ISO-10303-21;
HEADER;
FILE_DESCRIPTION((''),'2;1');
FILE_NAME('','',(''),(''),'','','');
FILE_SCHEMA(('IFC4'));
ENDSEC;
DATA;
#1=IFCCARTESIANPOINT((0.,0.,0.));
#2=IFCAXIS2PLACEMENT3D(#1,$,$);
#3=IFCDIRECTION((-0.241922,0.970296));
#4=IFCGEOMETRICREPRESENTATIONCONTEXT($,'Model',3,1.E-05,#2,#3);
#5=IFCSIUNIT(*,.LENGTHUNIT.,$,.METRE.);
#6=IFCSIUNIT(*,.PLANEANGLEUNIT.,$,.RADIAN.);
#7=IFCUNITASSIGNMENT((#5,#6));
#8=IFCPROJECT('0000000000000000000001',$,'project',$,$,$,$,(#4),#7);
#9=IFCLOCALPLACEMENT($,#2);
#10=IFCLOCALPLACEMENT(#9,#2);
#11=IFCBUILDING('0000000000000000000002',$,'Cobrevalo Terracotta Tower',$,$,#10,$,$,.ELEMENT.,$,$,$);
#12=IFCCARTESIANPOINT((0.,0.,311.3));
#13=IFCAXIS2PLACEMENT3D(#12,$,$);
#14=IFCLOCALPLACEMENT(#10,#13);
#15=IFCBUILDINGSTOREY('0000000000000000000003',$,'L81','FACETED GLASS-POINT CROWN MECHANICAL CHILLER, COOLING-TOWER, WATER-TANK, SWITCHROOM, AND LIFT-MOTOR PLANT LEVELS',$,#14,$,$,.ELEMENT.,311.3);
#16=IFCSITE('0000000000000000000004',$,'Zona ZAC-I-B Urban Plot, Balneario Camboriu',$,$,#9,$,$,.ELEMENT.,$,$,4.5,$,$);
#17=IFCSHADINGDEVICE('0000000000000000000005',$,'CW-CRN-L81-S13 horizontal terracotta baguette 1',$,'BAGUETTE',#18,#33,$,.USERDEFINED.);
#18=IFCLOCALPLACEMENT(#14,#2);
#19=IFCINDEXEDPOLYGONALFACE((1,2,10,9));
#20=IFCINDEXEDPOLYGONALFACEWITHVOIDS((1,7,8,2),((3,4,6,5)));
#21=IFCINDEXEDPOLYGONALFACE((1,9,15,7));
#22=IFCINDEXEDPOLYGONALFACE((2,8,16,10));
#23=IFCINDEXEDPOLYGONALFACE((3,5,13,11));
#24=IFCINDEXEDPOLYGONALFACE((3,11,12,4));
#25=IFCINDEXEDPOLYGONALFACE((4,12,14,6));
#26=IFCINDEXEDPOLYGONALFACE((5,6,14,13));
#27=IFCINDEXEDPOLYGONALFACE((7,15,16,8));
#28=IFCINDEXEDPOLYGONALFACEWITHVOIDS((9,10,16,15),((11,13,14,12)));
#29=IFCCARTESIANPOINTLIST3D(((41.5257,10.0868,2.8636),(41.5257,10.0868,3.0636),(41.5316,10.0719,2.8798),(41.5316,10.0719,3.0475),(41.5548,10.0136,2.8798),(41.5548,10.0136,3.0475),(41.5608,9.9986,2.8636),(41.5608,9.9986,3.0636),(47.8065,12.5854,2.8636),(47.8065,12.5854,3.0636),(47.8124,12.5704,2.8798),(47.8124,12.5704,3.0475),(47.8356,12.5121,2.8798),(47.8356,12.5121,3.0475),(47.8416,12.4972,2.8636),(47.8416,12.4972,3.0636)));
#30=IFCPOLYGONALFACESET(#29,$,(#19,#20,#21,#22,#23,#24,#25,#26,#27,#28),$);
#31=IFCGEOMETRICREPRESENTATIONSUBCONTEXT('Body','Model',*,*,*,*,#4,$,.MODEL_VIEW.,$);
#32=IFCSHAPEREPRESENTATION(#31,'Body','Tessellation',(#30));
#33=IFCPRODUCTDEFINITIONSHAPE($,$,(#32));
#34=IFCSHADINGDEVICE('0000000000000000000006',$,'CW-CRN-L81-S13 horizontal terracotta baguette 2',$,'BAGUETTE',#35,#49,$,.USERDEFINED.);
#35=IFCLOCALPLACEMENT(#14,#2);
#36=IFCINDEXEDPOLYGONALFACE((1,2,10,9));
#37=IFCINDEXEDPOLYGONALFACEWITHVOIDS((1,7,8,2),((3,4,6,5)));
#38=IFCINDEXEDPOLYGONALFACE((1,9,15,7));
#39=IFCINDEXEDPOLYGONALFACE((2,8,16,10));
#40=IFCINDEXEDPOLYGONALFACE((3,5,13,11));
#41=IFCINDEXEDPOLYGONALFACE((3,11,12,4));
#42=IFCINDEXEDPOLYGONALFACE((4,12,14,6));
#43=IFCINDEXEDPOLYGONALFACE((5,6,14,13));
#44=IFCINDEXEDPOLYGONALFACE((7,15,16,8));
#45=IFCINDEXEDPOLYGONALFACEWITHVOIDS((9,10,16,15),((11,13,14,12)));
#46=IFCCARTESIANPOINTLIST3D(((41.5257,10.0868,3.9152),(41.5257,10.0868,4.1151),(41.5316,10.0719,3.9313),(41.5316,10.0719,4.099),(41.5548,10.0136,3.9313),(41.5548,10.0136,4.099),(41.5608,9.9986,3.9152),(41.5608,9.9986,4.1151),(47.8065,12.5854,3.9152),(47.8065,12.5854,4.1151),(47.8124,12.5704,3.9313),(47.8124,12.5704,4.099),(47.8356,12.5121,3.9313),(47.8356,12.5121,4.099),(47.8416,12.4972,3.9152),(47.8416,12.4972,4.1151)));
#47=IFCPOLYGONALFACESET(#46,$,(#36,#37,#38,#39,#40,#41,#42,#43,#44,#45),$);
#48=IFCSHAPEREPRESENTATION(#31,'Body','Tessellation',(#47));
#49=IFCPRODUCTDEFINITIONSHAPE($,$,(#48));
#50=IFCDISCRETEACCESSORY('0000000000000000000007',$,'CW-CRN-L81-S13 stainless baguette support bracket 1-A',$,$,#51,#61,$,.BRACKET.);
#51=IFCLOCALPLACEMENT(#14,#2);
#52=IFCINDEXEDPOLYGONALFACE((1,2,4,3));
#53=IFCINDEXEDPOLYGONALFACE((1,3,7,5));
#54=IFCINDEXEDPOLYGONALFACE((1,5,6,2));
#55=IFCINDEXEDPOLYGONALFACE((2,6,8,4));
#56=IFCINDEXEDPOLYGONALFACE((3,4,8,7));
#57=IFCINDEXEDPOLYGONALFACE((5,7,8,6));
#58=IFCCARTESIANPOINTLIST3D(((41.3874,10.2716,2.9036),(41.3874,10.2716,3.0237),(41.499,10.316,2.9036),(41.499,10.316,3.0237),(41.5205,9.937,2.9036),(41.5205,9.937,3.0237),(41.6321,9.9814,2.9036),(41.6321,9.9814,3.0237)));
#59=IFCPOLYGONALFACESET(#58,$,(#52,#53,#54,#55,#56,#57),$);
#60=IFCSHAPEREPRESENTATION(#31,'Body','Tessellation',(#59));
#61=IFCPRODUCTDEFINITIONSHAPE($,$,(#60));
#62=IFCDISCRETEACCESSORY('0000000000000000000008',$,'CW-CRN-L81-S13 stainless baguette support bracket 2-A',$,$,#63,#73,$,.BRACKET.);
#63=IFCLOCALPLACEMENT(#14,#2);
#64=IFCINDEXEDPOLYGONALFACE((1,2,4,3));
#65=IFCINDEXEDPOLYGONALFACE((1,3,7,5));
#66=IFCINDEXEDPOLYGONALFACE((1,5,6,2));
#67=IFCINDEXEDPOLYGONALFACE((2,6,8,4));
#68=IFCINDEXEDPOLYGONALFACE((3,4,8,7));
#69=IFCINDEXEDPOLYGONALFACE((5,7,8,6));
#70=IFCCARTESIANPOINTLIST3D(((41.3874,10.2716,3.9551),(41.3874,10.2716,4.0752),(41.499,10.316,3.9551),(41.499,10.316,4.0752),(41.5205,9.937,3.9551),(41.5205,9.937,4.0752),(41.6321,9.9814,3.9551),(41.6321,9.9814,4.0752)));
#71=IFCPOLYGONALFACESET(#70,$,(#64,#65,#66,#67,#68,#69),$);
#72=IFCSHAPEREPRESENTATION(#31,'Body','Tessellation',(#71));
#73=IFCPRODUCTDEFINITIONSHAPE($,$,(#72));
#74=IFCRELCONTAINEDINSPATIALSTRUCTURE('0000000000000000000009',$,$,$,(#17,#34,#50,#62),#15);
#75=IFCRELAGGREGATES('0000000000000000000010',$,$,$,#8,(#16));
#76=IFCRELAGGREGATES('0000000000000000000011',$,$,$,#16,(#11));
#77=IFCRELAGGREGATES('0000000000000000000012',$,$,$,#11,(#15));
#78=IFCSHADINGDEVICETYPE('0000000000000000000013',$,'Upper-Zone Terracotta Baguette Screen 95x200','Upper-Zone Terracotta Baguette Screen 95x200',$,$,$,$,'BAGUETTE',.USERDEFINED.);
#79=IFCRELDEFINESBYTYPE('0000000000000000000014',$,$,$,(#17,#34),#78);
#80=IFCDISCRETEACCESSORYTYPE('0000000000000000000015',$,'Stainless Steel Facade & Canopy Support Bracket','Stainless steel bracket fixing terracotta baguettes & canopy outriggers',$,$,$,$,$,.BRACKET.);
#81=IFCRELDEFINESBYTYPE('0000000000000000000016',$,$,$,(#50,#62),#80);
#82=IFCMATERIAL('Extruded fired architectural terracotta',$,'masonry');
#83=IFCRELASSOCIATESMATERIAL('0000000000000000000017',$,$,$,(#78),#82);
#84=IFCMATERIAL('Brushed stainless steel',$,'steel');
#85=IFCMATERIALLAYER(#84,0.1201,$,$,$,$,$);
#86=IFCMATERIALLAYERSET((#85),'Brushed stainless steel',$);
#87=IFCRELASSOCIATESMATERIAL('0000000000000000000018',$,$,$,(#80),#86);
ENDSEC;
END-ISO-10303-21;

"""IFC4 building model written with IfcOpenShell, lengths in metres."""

from ifc_helpers import new_model, si_unit, direction, frame, origin, origin_2d, place, context, subcontext, project, spatial, rectangle, hollow_rectangle, extrude, source, transform, mapped, material, layer, layer_set, material_profile, profile_set, type_object, element, save


model = new_model("IFC4")

# Units and contexts
model_context = context("Model", 3, precision=1e-05, world=origin(), true_north=direction((-0.241922, 0.970296)))
body_context = subcontext(model_context, "Body", "Model", "MODEL_VIEW")
ifc_project = project(units=[si_unit("LENGTHUNIT", "METRE"), si_unit("PLANEANGLEUNIT", "RADIAN")], contexts=[model_context])

# Site, building, storey
site_placement = place(None, origin())
site = spatial("IfcSite", under=ifc_project, at=site_placement, Name="Zona ZAC-I-B Urban Plot, Balneario Camboriu", CompositionType="ELEMENT", RefElevation=4.5)
building_placement = place(site_placement, origin())
building = spatial("IfcBuilding", under=site, at=building_placement, Name="Cobrevalo Terracotta Tower", CompositionType="ELEMENT")
storey_placement = place(building_placement, frame((0.0, 0.0, 311.3)))
storey = spatial("IfcBuildingStorey", under=building, at=storey_placement, Name="L81", Description="FACETED GLASS-POINT CROWN MECHANICAL CHILLER, COOLING-TOWER, WATER-TANK, SWITCHROOM, AND LIFT-MOTOR PLANT LEVELS", CompositionType="ELEMENT", Elevation=311.3)

# Shading devices
ifc_material_1 = material(Name="Extruded fired architectural terracotta", Category="masonry")
ifc_material_profile_1 = material_profile(ifc_material_1, hollow_rectangle(XDim=0.095, YDim=0.2, WallThickness=0.0161, at=origin_2d()), Name="BAGUETTE 95x200")
ifc_profile_set_1 = profile_set([ifc_material_profile_1], Name="Extruded fired architectural terracotta")
shading_device_type = type_object("IfcShadingDeviceType", Name="Upper-Zone Terracotta Baguette Screen 95x200", Description="Upper-Zone Terracotta Baguette Screen 95x200", ElementType="BAGUETTE", PredefinedType="USERDEFINED", material=ifc_profile_set_1)
shared_shape_1 = source(origin(), body_context, "Body", "SweptSolid", [
    extrude(hollow_rectangle(XDim=0.095, YDim=0.2, WallThickness=0.0161, at=origin_2d()), origin(), (0.0, 0.0, 1.0), 6.7595),
])
for number, where, z_axis, x_axis, name in (
    (1, (41.5432, 10.0427, 2.9636), (0.929177, 0.369634, 0.0), (-0.369634, 0.929177, 0.0), "CW-CRN-L81-S13 horizontal terracotta baguette 1"),
    (2, (41.5432, 10.0427, 4.0151), (0.929177, 0.369634, 0.0), (-0.369634, 0.929177, 0.0), "CW-CRN-L81-S13 horizontal terracotta baguette 2"),
):
    element("IfcShadingDevice", number, at=place(storey_placement, frame(where, z_axis=z_axis, x_axis=x_axis)), inside=storey, type_object=shading_device_type, Name=name, ObjectType="BAGUETTE", PredefinedType="USERDEFINED", context=body_context, shape_type="MappedRepresentation", body=[
        mapped(shared_shape_1, transform((0.0, 0.0, 0.0), scale=1.0)),
    ])

# Discrete accessories
ifc_material_2 = material(Name="Brushed stainless steel", Category="steel")
ifc_layer_1 = layer(ifc_material_2, 0.1201)
ifc_layer_set_1 = layer_set([ifc_layer_1], Name="Brushed stainless steel")
discrete_accessory_type = type_object("IfcDiscreteAccessoryType", Name="Stainless Steel Facade & Canopy Support Bracket", Description="Stainless steel bracket fixing terracotta baguettes & canopy outriggers", PredefinedType="BRACKET", material=ifc_layer_set_1)
shared_shape_2 = source(origin(), body_context, "Body", "SweptSolid", [
    extrude(rectangle(XDim=0.1201, YDim=0.3601, at=origin_2d()), origin(), (0.0, 0.0, 1.0), 0.1201),
])
for number, where, z_axis, x_axis, name in (
    (3, (41.5098, 10.1265, 2.9036), (0.0, 0.0, 1.0), (0.929191, 0.369601, 0.0), "CW-CRN-L81-S13 stainless baguette support bracket 1-A"),
    (4, (41.5098, 10.1265, 3.9551), (0.0, 0.0, 1.0), (0.929191, 0.369601, 0.0), "CW-CRN-L81-S13 stainless baguette support bracket 2-A"),
):
    element("IfcDiscreteAccessory", number, at=place(storey_placement, frame(where, z_axis=z_axis, x_axis=x_axis)), inside=storey, type_object=discrete_accessory_type, Name=name, PredefinedType="BRACKET", context=body_context, shape_type="MappedRepresentation", body=[
        mapped(shared_shape_2, transform((0.0, 0.0, 0.0), scale=1.0)),
    ])

save(model, "model.ifc")
